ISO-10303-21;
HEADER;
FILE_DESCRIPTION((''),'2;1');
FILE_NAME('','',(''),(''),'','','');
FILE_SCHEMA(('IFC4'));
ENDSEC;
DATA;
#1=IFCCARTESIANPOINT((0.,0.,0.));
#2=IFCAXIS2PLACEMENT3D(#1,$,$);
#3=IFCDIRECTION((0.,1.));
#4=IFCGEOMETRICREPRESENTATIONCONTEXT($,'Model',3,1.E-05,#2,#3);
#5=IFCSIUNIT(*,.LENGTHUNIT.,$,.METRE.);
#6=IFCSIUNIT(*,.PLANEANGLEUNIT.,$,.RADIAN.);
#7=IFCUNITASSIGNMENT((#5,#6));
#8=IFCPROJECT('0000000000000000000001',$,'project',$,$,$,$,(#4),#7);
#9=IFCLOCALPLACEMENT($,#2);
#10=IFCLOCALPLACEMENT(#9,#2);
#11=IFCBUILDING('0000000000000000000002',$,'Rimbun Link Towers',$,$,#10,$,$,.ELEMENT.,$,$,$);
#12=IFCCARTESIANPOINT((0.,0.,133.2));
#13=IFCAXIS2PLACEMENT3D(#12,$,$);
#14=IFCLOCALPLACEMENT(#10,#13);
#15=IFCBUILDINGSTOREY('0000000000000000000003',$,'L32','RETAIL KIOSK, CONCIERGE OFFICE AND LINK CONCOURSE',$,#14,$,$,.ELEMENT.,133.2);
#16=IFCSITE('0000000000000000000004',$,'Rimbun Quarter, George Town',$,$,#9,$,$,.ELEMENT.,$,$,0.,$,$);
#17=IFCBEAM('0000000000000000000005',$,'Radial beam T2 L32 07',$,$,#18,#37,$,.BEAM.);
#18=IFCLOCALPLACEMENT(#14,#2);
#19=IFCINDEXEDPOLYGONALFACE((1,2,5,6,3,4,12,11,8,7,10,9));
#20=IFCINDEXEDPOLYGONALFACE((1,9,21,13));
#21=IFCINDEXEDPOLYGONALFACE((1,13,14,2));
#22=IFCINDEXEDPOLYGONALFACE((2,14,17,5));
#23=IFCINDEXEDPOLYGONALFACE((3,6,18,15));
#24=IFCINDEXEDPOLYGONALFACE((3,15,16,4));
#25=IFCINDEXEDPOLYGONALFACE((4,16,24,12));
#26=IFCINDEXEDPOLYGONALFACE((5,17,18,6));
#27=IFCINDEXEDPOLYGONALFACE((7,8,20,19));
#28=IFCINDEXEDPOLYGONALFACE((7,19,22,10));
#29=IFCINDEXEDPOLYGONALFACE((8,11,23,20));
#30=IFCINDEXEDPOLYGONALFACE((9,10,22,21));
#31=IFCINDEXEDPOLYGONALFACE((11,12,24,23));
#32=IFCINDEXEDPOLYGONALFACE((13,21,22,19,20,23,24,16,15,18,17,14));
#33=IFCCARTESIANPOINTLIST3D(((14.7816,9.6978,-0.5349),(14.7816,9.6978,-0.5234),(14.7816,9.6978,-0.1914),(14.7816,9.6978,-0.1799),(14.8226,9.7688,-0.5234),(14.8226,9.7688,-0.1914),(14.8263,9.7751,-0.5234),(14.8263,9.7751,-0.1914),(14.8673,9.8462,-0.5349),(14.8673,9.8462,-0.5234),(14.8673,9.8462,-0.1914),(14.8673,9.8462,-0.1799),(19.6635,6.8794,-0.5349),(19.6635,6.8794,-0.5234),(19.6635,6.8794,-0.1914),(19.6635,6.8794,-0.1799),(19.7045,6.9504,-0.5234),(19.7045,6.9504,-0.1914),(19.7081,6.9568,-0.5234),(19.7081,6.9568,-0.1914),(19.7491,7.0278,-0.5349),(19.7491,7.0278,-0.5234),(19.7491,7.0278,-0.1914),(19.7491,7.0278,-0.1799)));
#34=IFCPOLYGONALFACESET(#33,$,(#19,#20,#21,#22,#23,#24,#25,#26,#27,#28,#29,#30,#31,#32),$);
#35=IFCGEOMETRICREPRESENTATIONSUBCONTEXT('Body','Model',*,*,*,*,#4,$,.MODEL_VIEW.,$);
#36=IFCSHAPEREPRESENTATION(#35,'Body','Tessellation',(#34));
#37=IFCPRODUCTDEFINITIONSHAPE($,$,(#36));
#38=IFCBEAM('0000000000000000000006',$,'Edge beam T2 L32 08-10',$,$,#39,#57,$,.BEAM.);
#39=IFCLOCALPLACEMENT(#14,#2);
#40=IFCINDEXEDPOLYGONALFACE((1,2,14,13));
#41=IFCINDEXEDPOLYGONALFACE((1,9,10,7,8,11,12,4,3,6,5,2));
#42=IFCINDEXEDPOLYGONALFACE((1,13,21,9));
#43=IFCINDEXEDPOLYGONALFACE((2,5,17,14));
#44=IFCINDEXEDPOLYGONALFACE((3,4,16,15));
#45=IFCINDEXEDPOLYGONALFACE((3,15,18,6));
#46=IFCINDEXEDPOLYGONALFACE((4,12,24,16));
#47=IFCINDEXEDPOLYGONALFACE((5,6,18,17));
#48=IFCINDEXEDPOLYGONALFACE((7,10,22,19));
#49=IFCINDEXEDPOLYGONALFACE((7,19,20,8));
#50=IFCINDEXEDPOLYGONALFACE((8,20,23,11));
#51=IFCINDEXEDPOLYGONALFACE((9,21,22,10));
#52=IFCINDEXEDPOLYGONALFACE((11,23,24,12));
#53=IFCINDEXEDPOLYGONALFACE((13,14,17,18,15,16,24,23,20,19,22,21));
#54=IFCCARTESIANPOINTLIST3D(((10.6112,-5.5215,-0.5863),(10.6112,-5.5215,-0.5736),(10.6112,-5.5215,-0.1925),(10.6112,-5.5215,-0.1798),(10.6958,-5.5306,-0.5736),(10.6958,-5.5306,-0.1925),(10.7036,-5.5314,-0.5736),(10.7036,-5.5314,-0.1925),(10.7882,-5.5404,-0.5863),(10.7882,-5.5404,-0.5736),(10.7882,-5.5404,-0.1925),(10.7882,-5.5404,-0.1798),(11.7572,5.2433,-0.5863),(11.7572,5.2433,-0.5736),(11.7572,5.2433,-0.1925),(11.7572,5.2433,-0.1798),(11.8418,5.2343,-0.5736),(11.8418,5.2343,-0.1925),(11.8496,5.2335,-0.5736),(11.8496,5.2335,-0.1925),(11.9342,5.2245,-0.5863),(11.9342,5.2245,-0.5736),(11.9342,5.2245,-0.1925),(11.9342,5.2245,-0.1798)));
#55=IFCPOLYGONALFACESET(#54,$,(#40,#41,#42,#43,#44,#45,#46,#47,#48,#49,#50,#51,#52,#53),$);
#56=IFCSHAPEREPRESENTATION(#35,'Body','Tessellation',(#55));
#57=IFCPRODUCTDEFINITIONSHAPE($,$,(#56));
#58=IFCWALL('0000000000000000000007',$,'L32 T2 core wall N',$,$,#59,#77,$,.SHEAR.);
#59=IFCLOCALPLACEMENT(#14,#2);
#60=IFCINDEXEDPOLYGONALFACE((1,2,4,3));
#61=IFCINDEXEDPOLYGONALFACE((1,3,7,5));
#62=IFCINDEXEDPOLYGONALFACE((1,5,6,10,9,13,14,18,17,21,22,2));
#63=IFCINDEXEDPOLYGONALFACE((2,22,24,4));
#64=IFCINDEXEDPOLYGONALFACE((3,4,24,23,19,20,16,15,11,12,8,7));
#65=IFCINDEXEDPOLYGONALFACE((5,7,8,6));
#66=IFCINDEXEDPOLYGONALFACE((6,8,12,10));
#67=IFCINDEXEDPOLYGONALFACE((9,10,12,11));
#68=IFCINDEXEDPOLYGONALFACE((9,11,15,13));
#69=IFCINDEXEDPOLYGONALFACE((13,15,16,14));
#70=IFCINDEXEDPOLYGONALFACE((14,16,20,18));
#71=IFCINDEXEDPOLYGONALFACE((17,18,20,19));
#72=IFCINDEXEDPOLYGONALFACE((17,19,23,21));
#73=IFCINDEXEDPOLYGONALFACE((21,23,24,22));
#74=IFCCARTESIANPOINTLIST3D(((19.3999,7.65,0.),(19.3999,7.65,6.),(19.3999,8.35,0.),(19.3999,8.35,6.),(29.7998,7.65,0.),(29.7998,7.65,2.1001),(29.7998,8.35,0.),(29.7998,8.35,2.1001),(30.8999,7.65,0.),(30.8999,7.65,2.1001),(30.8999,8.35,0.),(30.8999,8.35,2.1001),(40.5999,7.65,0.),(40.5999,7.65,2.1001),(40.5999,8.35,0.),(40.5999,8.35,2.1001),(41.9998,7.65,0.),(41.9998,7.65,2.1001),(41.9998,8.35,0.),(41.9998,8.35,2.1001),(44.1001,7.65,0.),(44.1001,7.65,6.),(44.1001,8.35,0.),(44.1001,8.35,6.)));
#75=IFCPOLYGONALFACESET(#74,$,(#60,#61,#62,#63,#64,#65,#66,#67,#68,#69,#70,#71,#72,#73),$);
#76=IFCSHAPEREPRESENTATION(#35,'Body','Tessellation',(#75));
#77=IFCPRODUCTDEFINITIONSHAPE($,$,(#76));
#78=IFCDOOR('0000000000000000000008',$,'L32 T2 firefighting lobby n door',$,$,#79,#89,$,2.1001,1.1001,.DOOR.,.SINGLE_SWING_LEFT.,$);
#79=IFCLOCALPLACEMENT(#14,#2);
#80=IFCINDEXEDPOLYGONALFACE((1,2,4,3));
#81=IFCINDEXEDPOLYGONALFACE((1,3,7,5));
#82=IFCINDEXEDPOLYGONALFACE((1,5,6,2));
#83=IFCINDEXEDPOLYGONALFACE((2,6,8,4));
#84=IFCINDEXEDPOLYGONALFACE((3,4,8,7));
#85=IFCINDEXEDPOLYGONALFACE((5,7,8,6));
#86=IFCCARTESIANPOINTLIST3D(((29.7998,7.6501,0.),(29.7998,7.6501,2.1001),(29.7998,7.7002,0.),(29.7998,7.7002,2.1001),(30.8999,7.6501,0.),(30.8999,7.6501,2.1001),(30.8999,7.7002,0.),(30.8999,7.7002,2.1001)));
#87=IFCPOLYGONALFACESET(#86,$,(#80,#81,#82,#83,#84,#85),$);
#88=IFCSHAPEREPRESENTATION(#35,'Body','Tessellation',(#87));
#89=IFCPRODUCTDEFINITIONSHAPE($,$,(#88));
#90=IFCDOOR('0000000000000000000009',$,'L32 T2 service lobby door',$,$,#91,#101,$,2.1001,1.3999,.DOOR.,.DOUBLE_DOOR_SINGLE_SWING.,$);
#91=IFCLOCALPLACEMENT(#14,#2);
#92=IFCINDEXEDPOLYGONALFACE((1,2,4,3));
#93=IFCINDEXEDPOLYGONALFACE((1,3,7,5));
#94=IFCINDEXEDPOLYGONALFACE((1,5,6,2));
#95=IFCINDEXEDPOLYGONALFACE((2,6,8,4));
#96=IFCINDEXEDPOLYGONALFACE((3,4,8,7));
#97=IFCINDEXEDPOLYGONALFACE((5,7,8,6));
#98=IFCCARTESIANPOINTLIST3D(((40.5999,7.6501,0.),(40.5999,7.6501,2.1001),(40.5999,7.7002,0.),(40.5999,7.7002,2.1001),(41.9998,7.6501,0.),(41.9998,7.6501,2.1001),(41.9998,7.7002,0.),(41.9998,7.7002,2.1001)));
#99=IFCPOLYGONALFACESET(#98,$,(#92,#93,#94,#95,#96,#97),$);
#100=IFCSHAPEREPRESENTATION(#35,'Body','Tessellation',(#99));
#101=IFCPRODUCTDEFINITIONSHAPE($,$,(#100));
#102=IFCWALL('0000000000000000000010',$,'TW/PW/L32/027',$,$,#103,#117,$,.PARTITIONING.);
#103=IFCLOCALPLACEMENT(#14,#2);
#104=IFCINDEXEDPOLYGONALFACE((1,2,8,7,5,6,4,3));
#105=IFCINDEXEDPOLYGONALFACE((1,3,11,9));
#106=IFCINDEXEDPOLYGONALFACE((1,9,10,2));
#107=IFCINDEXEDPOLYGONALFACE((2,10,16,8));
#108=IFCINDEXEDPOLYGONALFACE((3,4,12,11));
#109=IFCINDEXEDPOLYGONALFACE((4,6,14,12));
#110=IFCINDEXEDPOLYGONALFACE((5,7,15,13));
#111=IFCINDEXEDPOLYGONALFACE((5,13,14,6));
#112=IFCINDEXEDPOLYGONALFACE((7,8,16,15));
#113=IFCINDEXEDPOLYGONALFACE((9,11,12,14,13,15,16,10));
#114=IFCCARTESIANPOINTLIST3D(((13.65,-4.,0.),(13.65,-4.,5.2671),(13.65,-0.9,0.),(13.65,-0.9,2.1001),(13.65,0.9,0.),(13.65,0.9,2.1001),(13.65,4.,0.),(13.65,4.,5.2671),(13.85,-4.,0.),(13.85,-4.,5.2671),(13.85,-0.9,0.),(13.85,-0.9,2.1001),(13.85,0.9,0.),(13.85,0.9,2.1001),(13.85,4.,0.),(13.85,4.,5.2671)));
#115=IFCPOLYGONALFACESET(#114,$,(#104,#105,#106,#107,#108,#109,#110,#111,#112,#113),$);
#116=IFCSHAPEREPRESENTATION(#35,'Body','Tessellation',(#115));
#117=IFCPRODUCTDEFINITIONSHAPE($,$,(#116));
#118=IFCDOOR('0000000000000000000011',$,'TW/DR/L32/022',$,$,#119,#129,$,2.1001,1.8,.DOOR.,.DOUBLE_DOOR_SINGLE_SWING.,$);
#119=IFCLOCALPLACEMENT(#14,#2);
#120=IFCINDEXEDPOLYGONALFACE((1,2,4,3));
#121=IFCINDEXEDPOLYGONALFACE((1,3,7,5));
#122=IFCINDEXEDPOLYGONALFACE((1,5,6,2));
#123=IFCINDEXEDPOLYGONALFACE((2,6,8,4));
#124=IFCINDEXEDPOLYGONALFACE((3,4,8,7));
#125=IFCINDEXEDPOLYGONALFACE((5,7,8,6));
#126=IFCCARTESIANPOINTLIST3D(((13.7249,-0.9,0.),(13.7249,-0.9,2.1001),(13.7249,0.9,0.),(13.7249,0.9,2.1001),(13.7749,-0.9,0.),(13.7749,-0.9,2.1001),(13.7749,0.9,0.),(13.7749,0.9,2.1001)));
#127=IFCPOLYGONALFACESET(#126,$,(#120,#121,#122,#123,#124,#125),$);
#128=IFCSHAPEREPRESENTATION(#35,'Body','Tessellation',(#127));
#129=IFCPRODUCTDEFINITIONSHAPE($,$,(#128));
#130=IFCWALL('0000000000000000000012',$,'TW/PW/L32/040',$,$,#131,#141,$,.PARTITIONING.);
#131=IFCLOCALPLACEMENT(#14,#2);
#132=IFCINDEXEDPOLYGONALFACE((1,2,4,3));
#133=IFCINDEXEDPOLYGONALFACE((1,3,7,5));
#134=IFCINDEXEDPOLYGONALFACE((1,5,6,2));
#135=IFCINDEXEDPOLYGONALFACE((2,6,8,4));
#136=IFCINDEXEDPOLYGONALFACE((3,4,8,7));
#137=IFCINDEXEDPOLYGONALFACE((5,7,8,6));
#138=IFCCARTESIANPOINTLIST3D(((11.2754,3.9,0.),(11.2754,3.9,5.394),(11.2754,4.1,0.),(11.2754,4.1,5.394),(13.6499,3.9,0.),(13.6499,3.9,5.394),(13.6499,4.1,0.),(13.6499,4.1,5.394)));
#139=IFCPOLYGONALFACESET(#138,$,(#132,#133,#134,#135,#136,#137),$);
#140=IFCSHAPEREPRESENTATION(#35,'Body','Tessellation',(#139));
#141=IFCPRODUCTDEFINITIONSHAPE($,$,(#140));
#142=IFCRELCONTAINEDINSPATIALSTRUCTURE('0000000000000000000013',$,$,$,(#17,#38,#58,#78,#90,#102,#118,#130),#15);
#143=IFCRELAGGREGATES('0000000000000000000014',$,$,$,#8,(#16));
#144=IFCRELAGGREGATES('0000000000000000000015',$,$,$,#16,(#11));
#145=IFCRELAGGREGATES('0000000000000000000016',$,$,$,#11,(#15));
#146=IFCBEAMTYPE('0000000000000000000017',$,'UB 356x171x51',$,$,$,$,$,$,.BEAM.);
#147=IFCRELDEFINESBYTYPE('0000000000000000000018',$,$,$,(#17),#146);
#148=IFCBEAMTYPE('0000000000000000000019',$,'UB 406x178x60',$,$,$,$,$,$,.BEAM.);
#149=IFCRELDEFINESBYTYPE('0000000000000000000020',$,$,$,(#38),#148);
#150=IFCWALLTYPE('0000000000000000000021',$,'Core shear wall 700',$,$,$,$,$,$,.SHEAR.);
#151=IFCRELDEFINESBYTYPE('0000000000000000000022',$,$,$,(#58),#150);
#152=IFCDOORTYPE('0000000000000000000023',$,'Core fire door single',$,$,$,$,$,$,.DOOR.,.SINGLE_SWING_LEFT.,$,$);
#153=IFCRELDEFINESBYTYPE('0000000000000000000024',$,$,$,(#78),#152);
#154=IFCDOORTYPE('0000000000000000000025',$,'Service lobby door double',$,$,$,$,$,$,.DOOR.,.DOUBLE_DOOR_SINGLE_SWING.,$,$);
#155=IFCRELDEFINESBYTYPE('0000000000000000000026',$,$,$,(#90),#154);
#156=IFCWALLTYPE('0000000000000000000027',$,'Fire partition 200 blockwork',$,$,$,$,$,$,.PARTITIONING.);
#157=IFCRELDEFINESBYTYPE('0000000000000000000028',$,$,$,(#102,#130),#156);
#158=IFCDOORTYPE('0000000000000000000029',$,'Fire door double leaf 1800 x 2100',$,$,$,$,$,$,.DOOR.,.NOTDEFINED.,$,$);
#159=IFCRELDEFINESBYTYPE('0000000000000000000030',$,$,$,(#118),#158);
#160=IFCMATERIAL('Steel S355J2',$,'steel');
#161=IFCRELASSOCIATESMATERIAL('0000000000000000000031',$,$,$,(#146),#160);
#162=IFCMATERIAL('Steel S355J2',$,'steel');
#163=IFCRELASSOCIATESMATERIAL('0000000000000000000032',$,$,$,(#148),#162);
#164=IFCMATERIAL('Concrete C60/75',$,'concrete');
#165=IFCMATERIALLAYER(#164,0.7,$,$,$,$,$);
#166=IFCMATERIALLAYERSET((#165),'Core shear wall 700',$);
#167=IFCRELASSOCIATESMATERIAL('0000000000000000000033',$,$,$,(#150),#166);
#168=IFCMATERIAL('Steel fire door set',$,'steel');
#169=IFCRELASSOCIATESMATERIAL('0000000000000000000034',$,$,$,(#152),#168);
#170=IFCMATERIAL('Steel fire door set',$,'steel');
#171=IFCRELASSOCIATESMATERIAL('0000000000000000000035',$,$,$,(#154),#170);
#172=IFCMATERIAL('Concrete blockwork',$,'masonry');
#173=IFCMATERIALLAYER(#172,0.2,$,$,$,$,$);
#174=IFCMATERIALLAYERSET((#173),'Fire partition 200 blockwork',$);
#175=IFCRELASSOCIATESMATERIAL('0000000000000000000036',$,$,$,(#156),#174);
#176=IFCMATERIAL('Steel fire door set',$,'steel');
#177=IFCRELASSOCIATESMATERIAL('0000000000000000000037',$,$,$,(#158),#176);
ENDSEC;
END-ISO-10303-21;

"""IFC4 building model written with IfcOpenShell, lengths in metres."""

from ifc_helpers import new_model, si_unit, direction, frame, frame_2d, origin, origin_2d, place, context, subcontext, project, spatial, rectangle, i_section, extrude, material, layer, layer_set, material_profile, profile_set, type_object, element, fill, save


model = new_model("IFC4")

# Units and contexts
model_context = context("Model", 3, precision=1e-05, world=origin(), true_north=direction((0.0, 1.0)))
body_context = subcontext(model_context, "Body", "Model", "MODEL_VIEW")
ifc_project = project(units=[si_unit("LENGTHUNIT", "METRE"), si_unit("PLANEANGLEUNIT", "RADIAN")], contexts=[model_context])

# Site, building, storey
site_placement = place(None, origin())
site = spatial("IfcSite", under=ifc_project, at=site_placement, Name="Rimbun Quarter, George Town", CompositionType="ELEMENT", RefElevation=0.0)
building_placement = place(site_placement, origin())
building = spatial("IfcBuilding", under=site, at=building_placement, Name="Rimbun Link Towers", CompositionType="ELEMENT")
storey_placement = place(building_placement, frame((0.0, 0.0, 133.2)))
storey = spatial("IfcBuildingStorey", under=building, at=storey_placement, Name="L32", Description="RETAIL KIOSK, CONCIERGE OFFICE AND LINK CONCOURSE", CompositionType="ELEMENT", Elevation=133.2)

# Beams
ifc_material_1 = material(Name="Steel S355J2", Category="steel")
ifc_material_profile_1 = material_profile(ifc_material_1, i_section(OverallWidth=0.1714, OverallDepth=0.355, WebThickness=0.0073, FlangeThickness=0.0115, at=origin_2d()), Name="UB 356x171x51")
ifc_profile_set_1 = profile_set([ifc_material_profile_1], Name="Steel S355J2")
beam_type_1 = type_object("IfcBeamType", Name="UB 356x171x51", PredefinedType="BEAM", material=ifc_profile_set_1)
beam_1_placement = place(storey_placement, frame((19.7063, 6.9536, -0.3574), z_axis=(-0.866038, 0.499977, 0.0), x_axis=(-0.499977, -0.866038, 0.0)))
element("IfcBeam", 1, at=beam_1_placement, inside=storey, type_object=beam_type_1, Name="Radial beam T2 L32 07", PredefinedType="BEAM", context=body_context, shape_type="SweptSolid", body=[
    extrude(i_section(OverallWidth=0.1714, OverallDepth=0.355, WebThickness=0.0073, FlangeThickness=0.0115, at=origin_2d()), origin(), (0.0, 0.0, 1.0), 5.637),
])
ifc_material_2 = material(Name="Steel S355J2", Category="steel")
ifc_material_profile_2 = material_profile(ifc_material_2, i_section(OverallWidth=0.178, OverallDepth=0.4065, WebThickness=0.0078, FlangeThickness=0.0127, at=origin_2d()), Name="UB 406x178x60")
ifc_profile_set_2 = profile_set([ifc_material_profile_2], Name="Steel S355J2")
beam_type_2 = type_object("IfcBeamType", Name="UB 406x178x60", PredefinedType="BEAM", material=ifc_profile_set_2)
beam_2_placement = place(storey_placement, frame((11.8457, 5.2339, -0.3831), z_axis=(-0.105859, -0.994381, 0.0), x_axis=(0.994381, -0.105859, 0.0)))
element("IfcBeam", 2, at=beam_2_placement, inside=storey, type_object=beam_type_2, Name="Edge beam T2 L32 08-10", PredefinedType="BEAM", context=body_context, shape_type="SweptSolid", body=[
    extrude(i_section(OverallWidth=0.178, OverallDepth=0.4065, WebThickness=0.0078, FlangeThickness=0.0127, at=origin_2d()), origin(), (0.0, 0.0, 1.0), 10.8257),
])

# Wall, openings, doors
ifc_material_3 = material(Name="Concrete C60/75", Category="concrete")
ifc_layer_1 = layer(ifc_material_3, 0.7)
ifc_layer_set_1 = layer_set([ifc_layer_1], Name="Core shear wall 700")
wall_type_1 = type_object("IfcWallType", Name="Core shear wall 700", PredefinedType="SHEAR", material=ifc_layer_set_1)
wall_1_placement = place(storey_placement, frame((19.3999, 8.0, 0.0), z_axis=(0.0, 0.0, 1.0), x_axis=(1.0, 0.0, 0.0)))
wall_1 = element("IfcWall", 3, at=wall_1_placement, inside=storey, type_object=wall_type_1, Name="L32 T2 core wall N", PredefinedType="SHEAR", context=body_context, shape_type="SweptSolid", body=[
    extrude(rectangle(XDim=24.7002, YDim=0.7, at=frame_2d((12.3501, 0.0))), origin(), (0.0, 0.0, 1.0), 6.0),
])
opening_1_placement = place(wall_1_placement, frame((10.3999, 0.0, 0.0)))
opening_1 = element("IfcOpeningElement", 4, at=opening_1_placement, cuts=wall_1, PredefinedType="OPENING", context=body_context, shape_type="SweptSolid", body=[
    extrude(rectangle(XDim=1.1001, YDim=2.1001, at=frame_2d((0.55, 1.05))), frame((0.0, 0.3599, 0.0), z_axis=(0.0, -1.0, 0.0), x_axis=(1.0, 0.0, 0.0)), (0.0, 0.0, 1.0), 0.72),
])
opening_2_placement = place(wall_1_placement, frame((21.2, 0.0, 0.0)))
opening_2 = element("IfcOpeningElement", 5, at=opening_2_placement, cuts=wall_1, PredefinedType="OPENING", context=body_context, shape_type="SweptSolid", body=[
    extrude(rectangle(XDim=1.3999, YDim=2.1001, at=frame_2d((0.7, 1.05))), frame((0.0, 0.3599, 0.0), z_axis=(0.0, -1.0, 0.0), x_axis=(1.0, 0.0, 0.0)), (0.0, 0.0, 1.0), 0.72),
])
ifc_material_4 = material(Name="Steel fire door set", Category="steel")
door_type_1 = type_object("IfcDoorType", Name="Core fire door single", OperationType="SINGLE_SWING_LEFT", PredefinedType="DOOR", material=ifc_material_4)
door_1_placement = place(opening_1_placement, origin())
door_1 = element("IfcDoor", 6, at=door_1_placement, inside=storey, type_object=door_type_1, Name="L32 T2 firefighting lobby n door", OperationType="SINGLE_SWING_LEFT", OverallHeight=2.1001, OverallWidth=1.1001, PredefinedType="DOOR", context=body_context, shape_type="SweptSolid", body=[
    extrude(rectangle(XDim=1.1001, YDim=2.1001, at=frame_2d((0.55, 1.05))), frame((0.0, -0.2998, 0.0), z_axis=(0.0, -1.0, 0.0), x_axis=(1.0, 0.0, 0.0)), (0.0, 0.0, 1.0), 0.05),
])
fill(opening_1, door_1)
ifc_material_5 = material(Name="Steel fire door set", Category="steel")
door_type_2 = type_object("IfcDoorType", Name="Service lobby door double", OperationType="DOUBLE_DOOR_SINGLE_SWING", PredefinedType="DOOR", material=ifc_material_5)
door_2_placement = place(opening_2_placement, origin())
door_2 = element("IfcDoor", 7, at=door_2_placement, inside=storey, type_object=door_type_2, Name="L32 T2 service lobby door", OperationType="DOUBLE_DOOR_SINGLE_SWING", OverallHeight=2.1001, OverallWidth=1.3999, PredefinedType="DOOR", context=body_context, shape_type="SweptSolid", body=[
    extrude(rectangle(XDim=1.3999, YDim=2.1001, at=frame_2d((0.7, 1.05))), frame((0.0, -0.2998, 0.0), z_axis=(0.0, -1.0, 0.0), x_axis=(1.0, 0.0, 0.0)), (0.0, 0.0, 1.0), 0.05),
])
fill(opening_2, door_2)

# Wall, opening, door
ifc_material_6 = material(Name="Concrete blockwork", Category="masonry")
ifc_layer_2 = layer(ifc_material_6, 0.2)
ifc_layer_set_2 = layer_set([ifc_layer_2], Name="Fire partition 200 blockwork")
wall_type_2 = type_object("IfcWallType", Name="Fire partition 200 blockwork", PredefinedType="PARTITIONING", material=ifc_layer_set_2)
wall_2_placement = place(storey_placement, frame((13.75, 4.0, 0.0), z_axis=(0.0, 0.0, 1.0), x_axis=(0.0, -1.0, 0.0)))
wall_2 = element("IfcWall", 8, at=wall_2_placement, inside=storey, type_object=wall_type_2, Name="TW/PW/L32/027", PredefinedType="PARTITIONING", context=body_context, shape_type="SweptSolid", body=[
    extrude(rectangle(XDim=8.0, YDim=0.2, at=frame_2d((4.0, 0.0))), origin(), (0.0, 0.0, 1.0), 5.2671),
])
opening_3_placement = place(wall_2_placement, frame((3.1001, 0.0, 0.0)))
opening_3 = element("IfcOpeningElement", 9, at=opening_3_placement, cuts=wall_2, PredefinedType="OPENING", context=body_context, shape_type="SweptSolid", body=[
    extrude(rectangle(XDim=1.8, YDim=2.1001, at=frame_2d((0.8999, 1.05))), frame((0.0, 0.1099, 0.0), z_axis=(0.0, -1.0, 0.0), x_axis=(1.0, 0.0, 0.0)), (0.0, 0.0, 1.0), 0.22),
])
ifc_material_7 = material(Name="Steel fire door set", Category="steel")
door_type_3 = type_object("IfcDoorType", Name="Fire door double leaf 1800 x 2100", OperationType="NOTDEFINED", PredefinedType="DOOR", material=ifc_material_7)
door_3_placement = place(opening_3_placement, origin())
door_3 = element("IfcDoor", 10, at=door_3_placement, inside=storey, type_object=door_type_3, Name="TW/DR/L32/022", OperationType="DOUBLE_DOOR_SINGLE_SWING", OverallHeight=2.1001, OverallWidth=1.8, PredefinedType="DOOR", context=body_context, shape_type="SweptSolid", body=[
    extrude(rectangle(XDim=1.8, YDim=2.1001, at=frame_2d((0.8999, 1.05))), frame((0.0, 0.0249, 0.0), z_axis=(0.0, -1.0, 0.0), x_axis=(1.0, 0.0, 0.0)), (0.0, 0.0, 1.0), 0.05),
])
fill(opening_3, door_3)

# Wall
wall_3_placement = place(storey_placement, frame((13.6499, 4.0, 0.0), z_axis=(0.0, 0.0, 1.0), x_axis=(-1.0, 0.0, 0.0)))
element("IfcWall", 11, at=wall_3_placement, inside=storey, type_object=wall_type_2, Name="TW/PW/L32/040", PredefinedType="PARTITIONING", context=body_context, shape_type="SweptSolid", body=[
    extrude(rectangle(XDim=2.3745, YDim=0.2, at=frame_2d((1.1873, 0.0))), origin(), (0.0, 0.0, 1.0), 5.394),
])

save(model, "model.ifc")
